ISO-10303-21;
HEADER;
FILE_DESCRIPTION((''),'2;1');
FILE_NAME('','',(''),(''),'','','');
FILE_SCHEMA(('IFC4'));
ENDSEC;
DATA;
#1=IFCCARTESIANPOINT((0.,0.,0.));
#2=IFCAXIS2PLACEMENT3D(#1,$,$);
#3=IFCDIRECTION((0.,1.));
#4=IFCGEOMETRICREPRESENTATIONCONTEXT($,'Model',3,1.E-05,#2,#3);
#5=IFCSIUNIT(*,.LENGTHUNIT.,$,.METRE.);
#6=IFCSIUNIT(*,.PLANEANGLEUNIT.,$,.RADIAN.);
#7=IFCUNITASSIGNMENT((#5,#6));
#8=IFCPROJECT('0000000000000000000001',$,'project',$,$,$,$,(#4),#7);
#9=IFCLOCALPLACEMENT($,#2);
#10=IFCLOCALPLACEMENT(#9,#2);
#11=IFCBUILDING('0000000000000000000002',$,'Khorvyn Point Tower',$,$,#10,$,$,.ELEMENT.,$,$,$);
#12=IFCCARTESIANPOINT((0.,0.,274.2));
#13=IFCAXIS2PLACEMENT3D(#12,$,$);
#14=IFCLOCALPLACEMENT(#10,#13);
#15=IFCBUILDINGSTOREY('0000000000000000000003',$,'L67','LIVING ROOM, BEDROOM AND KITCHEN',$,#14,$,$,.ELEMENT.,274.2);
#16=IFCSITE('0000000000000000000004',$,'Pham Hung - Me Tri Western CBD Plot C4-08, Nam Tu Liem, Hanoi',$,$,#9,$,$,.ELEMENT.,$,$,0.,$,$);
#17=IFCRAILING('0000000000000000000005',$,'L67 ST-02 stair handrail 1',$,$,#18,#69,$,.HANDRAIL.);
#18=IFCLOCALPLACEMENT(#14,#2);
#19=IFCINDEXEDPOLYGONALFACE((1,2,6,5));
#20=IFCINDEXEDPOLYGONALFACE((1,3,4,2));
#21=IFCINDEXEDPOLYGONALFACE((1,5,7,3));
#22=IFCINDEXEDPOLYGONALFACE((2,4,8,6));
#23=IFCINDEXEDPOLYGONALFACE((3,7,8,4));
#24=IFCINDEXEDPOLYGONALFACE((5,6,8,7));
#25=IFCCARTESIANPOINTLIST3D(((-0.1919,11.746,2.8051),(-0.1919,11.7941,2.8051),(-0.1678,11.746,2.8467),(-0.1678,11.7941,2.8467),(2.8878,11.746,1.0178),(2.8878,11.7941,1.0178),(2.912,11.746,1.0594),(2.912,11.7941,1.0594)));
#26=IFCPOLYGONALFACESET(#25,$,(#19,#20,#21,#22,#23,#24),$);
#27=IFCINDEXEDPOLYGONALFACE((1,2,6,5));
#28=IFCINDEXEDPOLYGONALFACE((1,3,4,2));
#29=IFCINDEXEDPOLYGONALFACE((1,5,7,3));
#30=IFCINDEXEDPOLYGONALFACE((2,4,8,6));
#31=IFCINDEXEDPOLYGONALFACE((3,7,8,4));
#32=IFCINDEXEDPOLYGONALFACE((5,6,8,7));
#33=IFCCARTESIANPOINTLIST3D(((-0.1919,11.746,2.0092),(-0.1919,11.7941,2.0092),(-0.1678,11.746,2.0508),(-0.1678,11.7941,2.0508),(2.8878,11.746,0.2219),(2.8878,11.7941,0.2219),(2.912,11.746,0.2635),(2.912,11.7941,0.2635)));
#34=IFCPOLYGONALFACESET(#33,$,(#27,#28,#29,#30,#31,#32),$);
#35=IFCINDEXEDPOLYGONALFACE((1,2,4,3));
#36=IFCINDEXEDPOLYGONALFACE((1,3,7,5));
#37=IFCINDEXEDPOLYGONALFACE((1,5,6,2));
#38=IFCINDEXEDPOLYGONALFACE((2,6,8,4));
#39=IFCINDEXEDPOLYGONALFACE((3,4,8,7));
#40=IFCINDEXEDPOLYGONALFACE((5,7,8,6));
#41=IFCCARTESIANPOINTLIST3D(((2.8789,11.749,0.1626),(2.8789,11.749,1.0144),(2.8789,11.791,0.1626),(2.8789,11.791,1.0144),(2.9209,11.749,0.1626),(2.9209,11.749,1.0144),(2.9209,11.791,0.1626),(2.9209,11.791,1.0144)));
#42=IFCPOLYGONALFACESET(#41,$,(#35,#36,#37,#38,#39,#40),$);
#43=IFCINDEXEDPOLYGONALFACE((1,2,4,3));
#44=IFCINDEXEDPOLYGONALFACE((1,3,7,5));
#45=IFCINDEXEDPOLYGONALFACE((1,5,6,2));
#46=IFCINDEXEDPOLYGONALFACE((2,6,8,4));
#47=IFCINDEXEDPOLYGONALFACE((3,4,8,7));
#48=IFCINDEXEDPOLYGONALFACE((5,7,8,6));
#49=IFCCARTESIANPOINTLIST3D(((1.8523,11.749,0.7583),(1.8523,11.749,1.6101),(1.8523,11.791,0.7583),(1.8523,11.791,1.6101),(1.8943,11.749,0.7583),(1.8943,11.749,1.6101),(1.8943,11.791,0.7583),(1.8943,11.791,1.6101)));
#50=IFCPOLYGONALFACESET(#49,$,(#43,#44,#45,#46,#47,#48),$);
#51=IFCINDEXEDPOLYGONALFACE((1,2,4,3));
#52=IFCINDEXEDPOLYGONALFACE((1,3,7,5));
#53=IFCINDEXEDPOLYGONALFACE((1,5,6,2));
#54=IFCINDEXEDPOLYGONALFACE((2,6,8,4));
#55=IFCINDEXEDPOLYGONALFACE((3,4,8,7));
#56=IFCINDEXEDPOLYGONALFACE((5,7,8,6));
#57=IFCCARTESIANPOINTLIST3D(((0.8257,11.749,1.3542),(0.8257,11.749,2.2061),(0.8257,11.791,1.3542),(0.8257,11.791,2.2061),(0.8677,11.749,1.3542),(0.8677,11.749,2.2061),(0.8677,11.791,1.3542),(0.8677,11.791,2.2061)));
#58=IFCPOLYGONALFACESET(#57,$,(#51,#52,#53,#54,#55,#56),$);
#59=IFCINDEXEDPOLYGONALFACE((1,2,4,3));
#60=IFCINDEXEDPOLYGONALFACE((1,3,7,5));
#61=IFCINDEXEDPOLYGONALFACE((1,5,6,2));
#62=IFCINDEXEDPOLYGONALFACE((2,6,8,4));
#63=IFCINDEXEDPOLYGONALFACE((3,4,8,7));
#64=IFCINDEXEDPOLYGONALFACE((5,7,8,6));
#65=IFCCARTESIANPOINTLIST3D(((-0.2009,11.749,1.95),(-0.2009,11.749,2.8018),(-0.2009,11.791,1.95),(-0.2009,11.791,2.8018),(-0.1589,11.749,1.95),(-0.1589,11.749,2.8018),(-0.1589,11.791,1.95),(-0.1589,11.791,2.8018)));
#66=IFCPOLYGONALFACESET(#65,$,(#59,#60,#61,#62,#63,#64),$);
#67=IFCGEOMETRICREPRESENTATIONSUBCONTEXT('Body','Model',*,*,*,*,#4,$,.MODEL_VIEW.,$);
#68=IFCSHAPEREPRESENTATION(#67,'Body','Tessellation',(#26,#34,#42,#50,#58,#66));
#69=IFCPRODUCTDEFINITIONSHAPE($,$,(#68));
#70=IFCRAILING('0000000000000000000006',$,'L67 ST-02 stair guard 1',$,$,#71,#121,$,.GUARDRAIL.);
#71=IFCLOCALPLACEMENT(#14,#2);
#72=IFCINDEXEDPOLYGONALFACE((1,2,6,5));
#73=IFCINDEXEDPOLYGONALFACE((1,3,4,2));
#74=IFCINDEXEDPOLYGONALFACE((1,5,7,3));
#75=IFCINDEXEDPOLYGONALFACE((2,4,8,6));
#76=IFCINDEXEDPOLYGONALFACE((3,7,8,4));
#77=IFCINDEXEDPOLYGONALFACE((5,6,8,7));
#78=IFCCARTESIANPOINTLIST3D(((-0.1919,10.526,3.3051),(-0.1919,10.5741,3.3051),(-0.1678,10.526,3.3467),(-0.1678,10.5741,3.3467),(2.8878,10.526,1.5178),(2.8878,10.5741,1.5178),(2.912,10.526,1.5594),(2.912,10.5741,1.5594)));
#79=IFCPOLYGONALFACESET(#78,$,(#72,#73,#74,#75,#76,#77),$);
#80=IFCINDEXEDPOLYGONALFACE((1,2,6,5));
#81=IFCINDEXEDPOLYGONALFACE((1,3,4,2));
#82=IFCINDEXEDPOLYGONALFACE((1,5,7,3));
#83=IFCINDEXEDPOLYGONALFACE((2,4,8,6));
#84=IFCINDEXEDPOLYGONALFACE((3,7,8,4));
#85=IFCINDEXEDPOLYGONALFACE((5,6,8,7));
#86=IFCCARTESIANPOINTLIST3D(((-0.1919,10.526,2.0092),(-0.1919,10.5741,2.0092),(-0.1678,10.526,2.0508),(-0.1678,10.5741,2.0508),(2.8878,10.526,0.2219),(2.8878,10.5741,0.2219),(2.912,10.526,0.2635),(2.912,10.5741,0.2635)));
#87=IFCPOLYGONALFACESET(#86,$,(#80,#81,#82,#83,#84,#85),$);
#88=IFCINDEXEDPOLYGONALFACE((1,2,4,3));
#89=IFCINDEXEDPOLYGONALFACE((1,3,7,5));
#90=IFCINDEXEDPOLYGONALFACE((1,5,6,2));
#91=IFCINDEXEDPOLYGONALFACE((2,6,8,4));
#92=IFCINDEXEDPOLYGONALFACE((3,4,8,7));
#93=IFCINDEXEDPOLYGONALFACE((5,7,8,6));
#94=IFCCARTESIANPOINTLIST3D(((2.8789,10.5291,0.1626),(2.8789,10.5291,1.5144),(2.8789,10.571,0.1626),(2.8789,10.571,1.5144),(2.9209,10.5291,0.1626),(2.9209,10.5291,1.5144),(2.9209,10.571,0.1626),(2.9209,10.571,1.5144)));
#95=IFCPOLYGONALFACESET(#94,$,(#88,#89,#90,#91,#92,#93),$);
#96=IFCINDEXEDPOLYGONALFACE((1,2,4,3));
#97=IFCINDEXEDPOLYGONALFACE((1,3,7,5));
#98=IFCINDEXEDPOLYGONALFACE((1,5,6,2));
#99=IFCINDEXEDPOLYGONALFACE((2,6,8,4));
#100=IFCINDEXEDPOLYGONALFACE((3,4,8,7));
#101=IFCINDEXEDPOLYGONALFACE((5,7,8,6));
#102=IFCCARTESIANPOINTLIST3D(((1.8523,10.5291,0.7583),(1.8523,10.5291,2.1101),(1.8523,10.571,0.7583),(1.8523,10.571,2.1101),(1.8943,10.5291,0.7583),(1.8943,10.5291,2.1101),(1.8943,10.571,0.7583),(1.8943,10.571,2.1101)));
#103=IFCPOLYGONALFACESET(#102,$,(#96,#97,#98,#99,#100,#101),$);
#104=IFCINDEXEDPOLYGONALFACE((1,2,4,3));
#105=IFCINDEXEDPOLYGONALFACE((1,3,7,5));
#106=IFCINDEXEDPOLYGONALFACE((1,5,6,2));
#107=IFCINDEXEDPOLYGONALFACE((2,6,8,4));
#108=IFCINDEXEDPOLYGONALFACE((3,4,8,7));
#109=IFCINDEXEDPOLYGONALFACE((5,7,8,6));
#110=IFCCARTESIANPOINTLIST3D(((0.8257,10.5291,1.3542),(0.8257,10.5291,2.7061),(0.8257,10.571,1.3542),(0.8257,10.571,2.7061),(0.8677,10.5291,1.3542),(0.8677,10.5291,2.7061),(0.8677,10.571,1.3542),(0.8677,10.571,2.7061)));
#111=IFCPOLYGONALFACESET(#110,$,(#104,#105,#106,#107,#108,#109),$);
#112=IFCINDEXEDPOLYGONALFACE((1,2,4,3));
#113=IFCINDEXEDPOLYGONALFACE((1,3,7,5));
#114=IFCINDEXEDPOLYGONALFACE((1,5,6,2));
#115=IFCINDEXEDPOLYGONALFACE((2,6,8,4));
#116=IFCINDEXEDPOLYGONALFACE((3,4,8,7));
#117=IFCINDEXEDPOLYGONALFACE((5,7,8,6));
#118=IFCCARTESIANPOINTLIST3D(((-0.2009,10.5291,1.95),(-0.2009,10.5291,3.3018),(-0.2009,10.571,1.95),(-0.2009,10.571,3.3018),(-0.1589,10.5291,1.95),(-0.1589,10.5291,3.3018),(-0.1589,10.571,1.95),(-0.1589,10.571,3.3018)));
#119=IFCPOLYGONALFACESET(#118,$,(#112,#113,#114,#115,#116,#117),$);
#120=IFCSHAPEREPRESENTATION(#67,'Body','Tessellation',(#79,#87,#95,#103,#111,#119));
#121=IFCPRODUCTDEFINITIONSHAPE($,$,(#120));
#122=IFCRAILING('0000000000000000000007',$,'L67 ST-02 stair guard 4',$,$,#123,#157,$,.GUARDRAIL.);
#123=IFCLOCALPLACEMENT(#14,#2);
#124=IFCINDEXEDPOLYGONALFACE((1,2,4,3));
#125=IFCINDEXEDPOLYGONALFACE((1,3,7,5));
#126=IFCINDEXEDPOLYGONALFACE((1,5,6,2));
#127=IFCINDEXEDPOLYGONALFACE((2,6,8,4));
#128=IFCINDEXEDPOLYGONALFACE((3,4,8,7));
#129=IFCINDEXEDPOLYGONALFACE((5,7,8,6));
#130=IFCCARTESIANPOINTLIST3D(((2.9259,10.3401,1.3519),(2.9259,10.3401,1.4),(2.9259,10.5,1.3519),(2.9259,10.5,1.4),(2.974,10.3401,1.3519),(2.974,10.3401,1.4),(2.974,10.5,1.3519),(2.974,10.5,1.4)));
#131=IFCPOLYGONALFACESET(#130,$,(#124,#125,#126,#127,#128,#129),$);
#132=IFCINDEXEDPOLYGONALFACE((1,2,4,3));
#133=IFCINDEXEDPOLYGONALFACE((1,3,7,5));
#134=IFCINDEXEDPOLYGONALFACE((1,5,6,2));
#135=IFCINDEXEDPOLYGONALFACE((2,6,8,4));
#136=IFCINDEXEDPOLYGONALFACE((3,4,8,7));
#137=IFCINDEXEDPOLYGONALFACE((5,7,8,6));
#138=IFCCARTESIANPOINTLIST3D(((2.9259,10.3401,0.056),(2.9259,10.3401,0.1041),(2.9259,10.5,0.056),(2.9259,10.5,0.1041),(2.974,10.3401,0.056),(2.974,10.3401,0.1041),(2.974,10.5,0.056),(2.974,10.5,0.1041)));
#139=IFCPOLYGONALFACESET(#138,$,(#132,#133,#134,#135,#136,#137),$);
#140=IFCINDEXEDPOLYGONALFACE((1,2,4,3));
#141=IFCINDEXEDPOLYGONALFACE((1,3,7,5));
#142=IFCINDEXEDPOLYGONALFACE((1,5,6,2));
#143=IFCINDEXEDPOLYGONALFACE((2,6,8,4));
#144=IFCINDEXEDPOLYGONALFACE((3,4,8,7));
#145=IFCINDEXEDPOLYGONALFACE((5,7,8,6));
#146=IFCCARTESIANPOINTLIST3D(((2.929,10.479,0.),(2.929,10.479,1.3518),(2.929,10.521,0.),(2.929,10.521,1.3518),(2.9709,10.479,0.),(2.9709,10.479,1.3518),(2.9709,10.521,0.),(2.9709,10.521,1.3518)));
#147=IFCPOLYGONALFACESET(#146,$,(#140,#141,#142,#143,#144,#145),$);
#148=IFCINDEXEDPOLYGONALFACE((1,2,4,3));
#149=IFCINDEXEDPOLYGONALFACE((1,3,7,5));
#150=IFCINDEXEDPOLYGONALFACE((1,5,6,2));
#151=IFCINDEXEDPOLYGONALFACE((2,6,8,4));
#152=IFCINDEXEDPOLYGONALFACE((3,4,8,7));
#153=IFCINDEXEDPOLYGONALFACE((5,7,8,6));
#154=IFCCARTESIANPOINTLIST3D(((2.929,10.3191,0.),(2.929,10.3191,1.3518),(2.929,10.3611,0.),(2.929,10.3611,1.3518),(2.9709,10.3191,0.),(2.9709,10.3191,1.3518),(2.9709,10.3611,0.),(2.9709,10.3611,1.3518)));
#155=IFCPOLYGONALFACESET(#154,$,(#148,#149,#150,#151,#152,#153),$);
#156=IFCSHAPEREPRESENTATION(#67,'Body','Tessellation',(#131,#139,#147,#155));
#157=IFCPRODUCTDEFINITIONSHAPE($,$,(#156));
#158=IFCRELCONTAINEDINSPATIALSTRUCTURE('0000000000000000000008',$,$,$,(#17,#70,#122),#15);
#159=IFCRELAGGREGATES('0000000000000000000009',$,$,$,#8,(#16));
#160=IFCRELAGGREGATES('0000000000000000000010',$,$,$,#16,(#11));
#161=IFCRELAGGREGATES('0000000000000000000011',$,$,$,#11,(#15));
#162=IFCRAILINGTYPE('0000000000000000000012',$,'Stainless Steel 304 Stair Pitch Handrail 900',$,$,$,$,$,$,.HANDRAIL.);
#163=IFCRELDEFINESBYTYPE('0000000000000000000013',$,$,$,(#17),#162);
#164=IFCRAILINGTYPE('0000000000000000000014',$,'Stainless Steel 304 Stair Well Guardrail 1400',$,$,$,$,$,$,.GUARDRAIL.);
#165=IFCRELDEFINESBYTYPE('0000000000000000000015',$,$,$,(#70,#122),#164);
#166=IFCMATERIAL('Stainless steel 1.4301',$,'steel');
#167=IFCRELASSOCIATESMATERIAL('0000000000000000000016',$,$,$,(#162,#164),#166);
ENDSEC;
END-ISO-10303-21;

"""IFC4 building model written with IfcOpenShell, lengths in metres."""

from ifc_helpers import new_model, si_unit, direction, frame, origin, origin_2d, place, context, subcontext, project, spatial, rectangle, extrude, material, type_object, element, save


model = new_model("IFC4")

# Units and contexts
model_context = context("Model", 3, precision=1e-05, world=origin(), true_north=direction((0.0, 1.0)))
body_context = subcontext(model_context, "Body", "Model", "MODEL_VIEW")
ifc_project = project(units=[si_unit("LENGTHUNIT", "METRE"), si_unit("PLANEANGLEUNIT", "RADIAN")], contexts=[model_context])

# Site, building, storey
site_placement = place(None, origin())
site = spatial("IfcSite", under=ifc_project, at=site_placement, Name="Pham Hung - Me Tri Western CBD Plot C4-08, Nam Tu Liem, Hanoi", CompositionType="ELEMENT", RefElevation=0.0)
building_placement = place(site_placement, origin())
building = spatial("IfcBuilding", under=site, at=building_placement, Name="Khorvyn Point Tower", CompositionType="ELEMENT")
storey_placement = place(building_placement, frame((0.0, 0.0, 274.2)))
storey = spatial("IfcBuildingStorey", under=building, at=storey_placement, Name="L67", Description="LIVING ROOM, BEDROOM AND KITCHEN", CompositionType="ELEMENT", Elevation=274.2)

# Shared definitions
ifc_material_1 = material(Name="Stainless steel 1.4301", Category="steel")

# Railings
railing_type_1 = type_object("IfcRailingType", Name="Stainless Steel 304 Stair Pitch Handrail 900", PredefinedType="HANDRAIL", material=ifc_material_1)
railing_1_placement = place(storey_placement, frame((2.8999, 11.77, 0.1626)))
element("IfcRailing", 1, at=railing_1_placement, inside=storey, type_object=railing_type_1, Name="L67 ST-02 stair handrail 1", PredefinedType="HANDRAIL", context=body_context, shape_type="SweptSolid", body=[
    extrude(rectangle(XDim=0.0481, YDim=0.0481, at=origin_2d()), frame((0.0, 0.0, 0.876), z_axis=(-0.864903, 0.0, 0.501939), x_axis=(0.0, -1.0, 0.0)), (0.0, 0.0, 1.0), 3.5608),
    extrude(rectangle(XDim=0.0481, YDim=0.0481, at=origin_2d()), frame((0.0, 0.0, 0.0801), z_axis=(-0.864903, 0.0, 0.501939), x_axis=(0.0, -1.0, 0.0)), (0.0, 0.0, 1.0), 3.5608),
    extrude(rectangle(XDim=0.042, YDim=0.042, at=origin_2d()), origin(), (0.0, 0.0, 1.0), 0.8518),
    extrude(rectangle(XDim=0.042, YDim=0.042, at=origin_2d()), frame((-1.0266, 0.0, 0.5957)), (0.0, 0.0, 1.0), 0.8518),
    extrude(rectangle(XDim=0.042, YDim=0.042, at=origin_2d()), frame((-2.0532, 0.0, 1.1917)), (0.0, 0.0, 1.0), 0.8518),
    extrude(rectangle(XDim=0.042, YDim=0.042, at=origin_2d()), frame((-3.0798, 0.0, 1.7874)), (0.0, 0.0, 1.0), 0.8518),
])
railing_type_2 = type_object("IfcRailingType", Name="Stainless Steel 304 Stair Well Guardrail 1400", PredefinedType="GUARDRAIL", material=ifc_material_1)
railing_2_placement = place(storey_placement, frame((2.8999, 10.55, 0.1626)))
element("IfcRailing", 2, at=railing_2_placement, inside=storey, type_object=railing_type_2, Name="L67 ST-02 stair guard 1", PredefinedType="GUARDRAIL", context=body_context, shape_type="SweptSolid", body=[
    extrude(rectangle(XDim=0.0481, YDim=0.0481, at=origin_2d()), frame((0.0, 0.0, 1.376), z_axis=(-0.864903, 0.0, 0.501939), x_axis=(0.0, -1.0, 0.0)), (0.0, 0.0, 1.0), 3.5608),
    extrude(rectangle(XDim=0.0481, YDim=0.0481, at=origin_2d()), frame((0.0, 0.0, 0.0801), z_axis=(-0.864903, 0.0, 0.501939), x_axis=(0.0, -1.0, 0.0)), (0.0, 0.0, 1.0), 3.5608),
    extrude(rectangle(XDim=0.042, YDim=0.042, at=origin_2d()), origin(), (0.0, 0.0, 1.0), 1.3518),
    extrude(rectangle(XDim=0.042, YDim=0.042, at=origin_2d()), frame((-1.0266, 0.0, 0.5957)), (0.0, 0.0, 1.0), 1.3518),
    extrude(rectangle(XDim=0.042, YDim=0.042, at=origin_2d()), frame((-2.0532, 0.0, 1.1917)), (0.0, 0.0, 1.0), 1.3518),
    extrude(rectangle(XDim=0.042, YDim=0.042, at=origin_2d()), frame((-3.0798, 0.0, 1.7874)), (0.0, 0.0, 1.0), 1.3518),
])
railing_3_placement = place(storey_placement, frame((2.95, 10.5, 0.0)))
element("IfcRailing", 3, at=railing_3_placement, inside=storey, type_object=railing_type_2, Name="L67 ST-02 stair guard 4", PredefinedType="GUARDRAIL", context=body_context, shape_type="SweptSolid", body=[
    extrude(rectangle(XDim=0.0481, YDim=0.0481, at=origin_2d()), frame((0.0, 0.0, 1.376), z_axis=(0.0, -1.0, 0.0), x_axis=(1.0, 0.0, 0.0)), (0.0, 0.0, 1.0), 0.1599),
    extrude(rectangle(XDim=0.0481, YDim=0.0481, at=origin_2d()), frame((0.0, 0.0, 0.0801), z_axis=(0.0, -1.0, 0.0), x_axis=(1.0, 0.0, 0.0)), (0.0, 0.0, 1.0), 0.1599),
    extrude(rectangle(XDim=0.042, YDim=0.042, at=origin_2d()), origin(), (0.0, 0.0, 1.0), 1.3518),
    extrude(rectangle(XDim=0.042, YDim=0.042, at=origin_2d()), frame((0.0, -0.1599, 0.0)), (0.0, 0.0, 1.0), 1.3518),
])

save(model, "model.ifc")
